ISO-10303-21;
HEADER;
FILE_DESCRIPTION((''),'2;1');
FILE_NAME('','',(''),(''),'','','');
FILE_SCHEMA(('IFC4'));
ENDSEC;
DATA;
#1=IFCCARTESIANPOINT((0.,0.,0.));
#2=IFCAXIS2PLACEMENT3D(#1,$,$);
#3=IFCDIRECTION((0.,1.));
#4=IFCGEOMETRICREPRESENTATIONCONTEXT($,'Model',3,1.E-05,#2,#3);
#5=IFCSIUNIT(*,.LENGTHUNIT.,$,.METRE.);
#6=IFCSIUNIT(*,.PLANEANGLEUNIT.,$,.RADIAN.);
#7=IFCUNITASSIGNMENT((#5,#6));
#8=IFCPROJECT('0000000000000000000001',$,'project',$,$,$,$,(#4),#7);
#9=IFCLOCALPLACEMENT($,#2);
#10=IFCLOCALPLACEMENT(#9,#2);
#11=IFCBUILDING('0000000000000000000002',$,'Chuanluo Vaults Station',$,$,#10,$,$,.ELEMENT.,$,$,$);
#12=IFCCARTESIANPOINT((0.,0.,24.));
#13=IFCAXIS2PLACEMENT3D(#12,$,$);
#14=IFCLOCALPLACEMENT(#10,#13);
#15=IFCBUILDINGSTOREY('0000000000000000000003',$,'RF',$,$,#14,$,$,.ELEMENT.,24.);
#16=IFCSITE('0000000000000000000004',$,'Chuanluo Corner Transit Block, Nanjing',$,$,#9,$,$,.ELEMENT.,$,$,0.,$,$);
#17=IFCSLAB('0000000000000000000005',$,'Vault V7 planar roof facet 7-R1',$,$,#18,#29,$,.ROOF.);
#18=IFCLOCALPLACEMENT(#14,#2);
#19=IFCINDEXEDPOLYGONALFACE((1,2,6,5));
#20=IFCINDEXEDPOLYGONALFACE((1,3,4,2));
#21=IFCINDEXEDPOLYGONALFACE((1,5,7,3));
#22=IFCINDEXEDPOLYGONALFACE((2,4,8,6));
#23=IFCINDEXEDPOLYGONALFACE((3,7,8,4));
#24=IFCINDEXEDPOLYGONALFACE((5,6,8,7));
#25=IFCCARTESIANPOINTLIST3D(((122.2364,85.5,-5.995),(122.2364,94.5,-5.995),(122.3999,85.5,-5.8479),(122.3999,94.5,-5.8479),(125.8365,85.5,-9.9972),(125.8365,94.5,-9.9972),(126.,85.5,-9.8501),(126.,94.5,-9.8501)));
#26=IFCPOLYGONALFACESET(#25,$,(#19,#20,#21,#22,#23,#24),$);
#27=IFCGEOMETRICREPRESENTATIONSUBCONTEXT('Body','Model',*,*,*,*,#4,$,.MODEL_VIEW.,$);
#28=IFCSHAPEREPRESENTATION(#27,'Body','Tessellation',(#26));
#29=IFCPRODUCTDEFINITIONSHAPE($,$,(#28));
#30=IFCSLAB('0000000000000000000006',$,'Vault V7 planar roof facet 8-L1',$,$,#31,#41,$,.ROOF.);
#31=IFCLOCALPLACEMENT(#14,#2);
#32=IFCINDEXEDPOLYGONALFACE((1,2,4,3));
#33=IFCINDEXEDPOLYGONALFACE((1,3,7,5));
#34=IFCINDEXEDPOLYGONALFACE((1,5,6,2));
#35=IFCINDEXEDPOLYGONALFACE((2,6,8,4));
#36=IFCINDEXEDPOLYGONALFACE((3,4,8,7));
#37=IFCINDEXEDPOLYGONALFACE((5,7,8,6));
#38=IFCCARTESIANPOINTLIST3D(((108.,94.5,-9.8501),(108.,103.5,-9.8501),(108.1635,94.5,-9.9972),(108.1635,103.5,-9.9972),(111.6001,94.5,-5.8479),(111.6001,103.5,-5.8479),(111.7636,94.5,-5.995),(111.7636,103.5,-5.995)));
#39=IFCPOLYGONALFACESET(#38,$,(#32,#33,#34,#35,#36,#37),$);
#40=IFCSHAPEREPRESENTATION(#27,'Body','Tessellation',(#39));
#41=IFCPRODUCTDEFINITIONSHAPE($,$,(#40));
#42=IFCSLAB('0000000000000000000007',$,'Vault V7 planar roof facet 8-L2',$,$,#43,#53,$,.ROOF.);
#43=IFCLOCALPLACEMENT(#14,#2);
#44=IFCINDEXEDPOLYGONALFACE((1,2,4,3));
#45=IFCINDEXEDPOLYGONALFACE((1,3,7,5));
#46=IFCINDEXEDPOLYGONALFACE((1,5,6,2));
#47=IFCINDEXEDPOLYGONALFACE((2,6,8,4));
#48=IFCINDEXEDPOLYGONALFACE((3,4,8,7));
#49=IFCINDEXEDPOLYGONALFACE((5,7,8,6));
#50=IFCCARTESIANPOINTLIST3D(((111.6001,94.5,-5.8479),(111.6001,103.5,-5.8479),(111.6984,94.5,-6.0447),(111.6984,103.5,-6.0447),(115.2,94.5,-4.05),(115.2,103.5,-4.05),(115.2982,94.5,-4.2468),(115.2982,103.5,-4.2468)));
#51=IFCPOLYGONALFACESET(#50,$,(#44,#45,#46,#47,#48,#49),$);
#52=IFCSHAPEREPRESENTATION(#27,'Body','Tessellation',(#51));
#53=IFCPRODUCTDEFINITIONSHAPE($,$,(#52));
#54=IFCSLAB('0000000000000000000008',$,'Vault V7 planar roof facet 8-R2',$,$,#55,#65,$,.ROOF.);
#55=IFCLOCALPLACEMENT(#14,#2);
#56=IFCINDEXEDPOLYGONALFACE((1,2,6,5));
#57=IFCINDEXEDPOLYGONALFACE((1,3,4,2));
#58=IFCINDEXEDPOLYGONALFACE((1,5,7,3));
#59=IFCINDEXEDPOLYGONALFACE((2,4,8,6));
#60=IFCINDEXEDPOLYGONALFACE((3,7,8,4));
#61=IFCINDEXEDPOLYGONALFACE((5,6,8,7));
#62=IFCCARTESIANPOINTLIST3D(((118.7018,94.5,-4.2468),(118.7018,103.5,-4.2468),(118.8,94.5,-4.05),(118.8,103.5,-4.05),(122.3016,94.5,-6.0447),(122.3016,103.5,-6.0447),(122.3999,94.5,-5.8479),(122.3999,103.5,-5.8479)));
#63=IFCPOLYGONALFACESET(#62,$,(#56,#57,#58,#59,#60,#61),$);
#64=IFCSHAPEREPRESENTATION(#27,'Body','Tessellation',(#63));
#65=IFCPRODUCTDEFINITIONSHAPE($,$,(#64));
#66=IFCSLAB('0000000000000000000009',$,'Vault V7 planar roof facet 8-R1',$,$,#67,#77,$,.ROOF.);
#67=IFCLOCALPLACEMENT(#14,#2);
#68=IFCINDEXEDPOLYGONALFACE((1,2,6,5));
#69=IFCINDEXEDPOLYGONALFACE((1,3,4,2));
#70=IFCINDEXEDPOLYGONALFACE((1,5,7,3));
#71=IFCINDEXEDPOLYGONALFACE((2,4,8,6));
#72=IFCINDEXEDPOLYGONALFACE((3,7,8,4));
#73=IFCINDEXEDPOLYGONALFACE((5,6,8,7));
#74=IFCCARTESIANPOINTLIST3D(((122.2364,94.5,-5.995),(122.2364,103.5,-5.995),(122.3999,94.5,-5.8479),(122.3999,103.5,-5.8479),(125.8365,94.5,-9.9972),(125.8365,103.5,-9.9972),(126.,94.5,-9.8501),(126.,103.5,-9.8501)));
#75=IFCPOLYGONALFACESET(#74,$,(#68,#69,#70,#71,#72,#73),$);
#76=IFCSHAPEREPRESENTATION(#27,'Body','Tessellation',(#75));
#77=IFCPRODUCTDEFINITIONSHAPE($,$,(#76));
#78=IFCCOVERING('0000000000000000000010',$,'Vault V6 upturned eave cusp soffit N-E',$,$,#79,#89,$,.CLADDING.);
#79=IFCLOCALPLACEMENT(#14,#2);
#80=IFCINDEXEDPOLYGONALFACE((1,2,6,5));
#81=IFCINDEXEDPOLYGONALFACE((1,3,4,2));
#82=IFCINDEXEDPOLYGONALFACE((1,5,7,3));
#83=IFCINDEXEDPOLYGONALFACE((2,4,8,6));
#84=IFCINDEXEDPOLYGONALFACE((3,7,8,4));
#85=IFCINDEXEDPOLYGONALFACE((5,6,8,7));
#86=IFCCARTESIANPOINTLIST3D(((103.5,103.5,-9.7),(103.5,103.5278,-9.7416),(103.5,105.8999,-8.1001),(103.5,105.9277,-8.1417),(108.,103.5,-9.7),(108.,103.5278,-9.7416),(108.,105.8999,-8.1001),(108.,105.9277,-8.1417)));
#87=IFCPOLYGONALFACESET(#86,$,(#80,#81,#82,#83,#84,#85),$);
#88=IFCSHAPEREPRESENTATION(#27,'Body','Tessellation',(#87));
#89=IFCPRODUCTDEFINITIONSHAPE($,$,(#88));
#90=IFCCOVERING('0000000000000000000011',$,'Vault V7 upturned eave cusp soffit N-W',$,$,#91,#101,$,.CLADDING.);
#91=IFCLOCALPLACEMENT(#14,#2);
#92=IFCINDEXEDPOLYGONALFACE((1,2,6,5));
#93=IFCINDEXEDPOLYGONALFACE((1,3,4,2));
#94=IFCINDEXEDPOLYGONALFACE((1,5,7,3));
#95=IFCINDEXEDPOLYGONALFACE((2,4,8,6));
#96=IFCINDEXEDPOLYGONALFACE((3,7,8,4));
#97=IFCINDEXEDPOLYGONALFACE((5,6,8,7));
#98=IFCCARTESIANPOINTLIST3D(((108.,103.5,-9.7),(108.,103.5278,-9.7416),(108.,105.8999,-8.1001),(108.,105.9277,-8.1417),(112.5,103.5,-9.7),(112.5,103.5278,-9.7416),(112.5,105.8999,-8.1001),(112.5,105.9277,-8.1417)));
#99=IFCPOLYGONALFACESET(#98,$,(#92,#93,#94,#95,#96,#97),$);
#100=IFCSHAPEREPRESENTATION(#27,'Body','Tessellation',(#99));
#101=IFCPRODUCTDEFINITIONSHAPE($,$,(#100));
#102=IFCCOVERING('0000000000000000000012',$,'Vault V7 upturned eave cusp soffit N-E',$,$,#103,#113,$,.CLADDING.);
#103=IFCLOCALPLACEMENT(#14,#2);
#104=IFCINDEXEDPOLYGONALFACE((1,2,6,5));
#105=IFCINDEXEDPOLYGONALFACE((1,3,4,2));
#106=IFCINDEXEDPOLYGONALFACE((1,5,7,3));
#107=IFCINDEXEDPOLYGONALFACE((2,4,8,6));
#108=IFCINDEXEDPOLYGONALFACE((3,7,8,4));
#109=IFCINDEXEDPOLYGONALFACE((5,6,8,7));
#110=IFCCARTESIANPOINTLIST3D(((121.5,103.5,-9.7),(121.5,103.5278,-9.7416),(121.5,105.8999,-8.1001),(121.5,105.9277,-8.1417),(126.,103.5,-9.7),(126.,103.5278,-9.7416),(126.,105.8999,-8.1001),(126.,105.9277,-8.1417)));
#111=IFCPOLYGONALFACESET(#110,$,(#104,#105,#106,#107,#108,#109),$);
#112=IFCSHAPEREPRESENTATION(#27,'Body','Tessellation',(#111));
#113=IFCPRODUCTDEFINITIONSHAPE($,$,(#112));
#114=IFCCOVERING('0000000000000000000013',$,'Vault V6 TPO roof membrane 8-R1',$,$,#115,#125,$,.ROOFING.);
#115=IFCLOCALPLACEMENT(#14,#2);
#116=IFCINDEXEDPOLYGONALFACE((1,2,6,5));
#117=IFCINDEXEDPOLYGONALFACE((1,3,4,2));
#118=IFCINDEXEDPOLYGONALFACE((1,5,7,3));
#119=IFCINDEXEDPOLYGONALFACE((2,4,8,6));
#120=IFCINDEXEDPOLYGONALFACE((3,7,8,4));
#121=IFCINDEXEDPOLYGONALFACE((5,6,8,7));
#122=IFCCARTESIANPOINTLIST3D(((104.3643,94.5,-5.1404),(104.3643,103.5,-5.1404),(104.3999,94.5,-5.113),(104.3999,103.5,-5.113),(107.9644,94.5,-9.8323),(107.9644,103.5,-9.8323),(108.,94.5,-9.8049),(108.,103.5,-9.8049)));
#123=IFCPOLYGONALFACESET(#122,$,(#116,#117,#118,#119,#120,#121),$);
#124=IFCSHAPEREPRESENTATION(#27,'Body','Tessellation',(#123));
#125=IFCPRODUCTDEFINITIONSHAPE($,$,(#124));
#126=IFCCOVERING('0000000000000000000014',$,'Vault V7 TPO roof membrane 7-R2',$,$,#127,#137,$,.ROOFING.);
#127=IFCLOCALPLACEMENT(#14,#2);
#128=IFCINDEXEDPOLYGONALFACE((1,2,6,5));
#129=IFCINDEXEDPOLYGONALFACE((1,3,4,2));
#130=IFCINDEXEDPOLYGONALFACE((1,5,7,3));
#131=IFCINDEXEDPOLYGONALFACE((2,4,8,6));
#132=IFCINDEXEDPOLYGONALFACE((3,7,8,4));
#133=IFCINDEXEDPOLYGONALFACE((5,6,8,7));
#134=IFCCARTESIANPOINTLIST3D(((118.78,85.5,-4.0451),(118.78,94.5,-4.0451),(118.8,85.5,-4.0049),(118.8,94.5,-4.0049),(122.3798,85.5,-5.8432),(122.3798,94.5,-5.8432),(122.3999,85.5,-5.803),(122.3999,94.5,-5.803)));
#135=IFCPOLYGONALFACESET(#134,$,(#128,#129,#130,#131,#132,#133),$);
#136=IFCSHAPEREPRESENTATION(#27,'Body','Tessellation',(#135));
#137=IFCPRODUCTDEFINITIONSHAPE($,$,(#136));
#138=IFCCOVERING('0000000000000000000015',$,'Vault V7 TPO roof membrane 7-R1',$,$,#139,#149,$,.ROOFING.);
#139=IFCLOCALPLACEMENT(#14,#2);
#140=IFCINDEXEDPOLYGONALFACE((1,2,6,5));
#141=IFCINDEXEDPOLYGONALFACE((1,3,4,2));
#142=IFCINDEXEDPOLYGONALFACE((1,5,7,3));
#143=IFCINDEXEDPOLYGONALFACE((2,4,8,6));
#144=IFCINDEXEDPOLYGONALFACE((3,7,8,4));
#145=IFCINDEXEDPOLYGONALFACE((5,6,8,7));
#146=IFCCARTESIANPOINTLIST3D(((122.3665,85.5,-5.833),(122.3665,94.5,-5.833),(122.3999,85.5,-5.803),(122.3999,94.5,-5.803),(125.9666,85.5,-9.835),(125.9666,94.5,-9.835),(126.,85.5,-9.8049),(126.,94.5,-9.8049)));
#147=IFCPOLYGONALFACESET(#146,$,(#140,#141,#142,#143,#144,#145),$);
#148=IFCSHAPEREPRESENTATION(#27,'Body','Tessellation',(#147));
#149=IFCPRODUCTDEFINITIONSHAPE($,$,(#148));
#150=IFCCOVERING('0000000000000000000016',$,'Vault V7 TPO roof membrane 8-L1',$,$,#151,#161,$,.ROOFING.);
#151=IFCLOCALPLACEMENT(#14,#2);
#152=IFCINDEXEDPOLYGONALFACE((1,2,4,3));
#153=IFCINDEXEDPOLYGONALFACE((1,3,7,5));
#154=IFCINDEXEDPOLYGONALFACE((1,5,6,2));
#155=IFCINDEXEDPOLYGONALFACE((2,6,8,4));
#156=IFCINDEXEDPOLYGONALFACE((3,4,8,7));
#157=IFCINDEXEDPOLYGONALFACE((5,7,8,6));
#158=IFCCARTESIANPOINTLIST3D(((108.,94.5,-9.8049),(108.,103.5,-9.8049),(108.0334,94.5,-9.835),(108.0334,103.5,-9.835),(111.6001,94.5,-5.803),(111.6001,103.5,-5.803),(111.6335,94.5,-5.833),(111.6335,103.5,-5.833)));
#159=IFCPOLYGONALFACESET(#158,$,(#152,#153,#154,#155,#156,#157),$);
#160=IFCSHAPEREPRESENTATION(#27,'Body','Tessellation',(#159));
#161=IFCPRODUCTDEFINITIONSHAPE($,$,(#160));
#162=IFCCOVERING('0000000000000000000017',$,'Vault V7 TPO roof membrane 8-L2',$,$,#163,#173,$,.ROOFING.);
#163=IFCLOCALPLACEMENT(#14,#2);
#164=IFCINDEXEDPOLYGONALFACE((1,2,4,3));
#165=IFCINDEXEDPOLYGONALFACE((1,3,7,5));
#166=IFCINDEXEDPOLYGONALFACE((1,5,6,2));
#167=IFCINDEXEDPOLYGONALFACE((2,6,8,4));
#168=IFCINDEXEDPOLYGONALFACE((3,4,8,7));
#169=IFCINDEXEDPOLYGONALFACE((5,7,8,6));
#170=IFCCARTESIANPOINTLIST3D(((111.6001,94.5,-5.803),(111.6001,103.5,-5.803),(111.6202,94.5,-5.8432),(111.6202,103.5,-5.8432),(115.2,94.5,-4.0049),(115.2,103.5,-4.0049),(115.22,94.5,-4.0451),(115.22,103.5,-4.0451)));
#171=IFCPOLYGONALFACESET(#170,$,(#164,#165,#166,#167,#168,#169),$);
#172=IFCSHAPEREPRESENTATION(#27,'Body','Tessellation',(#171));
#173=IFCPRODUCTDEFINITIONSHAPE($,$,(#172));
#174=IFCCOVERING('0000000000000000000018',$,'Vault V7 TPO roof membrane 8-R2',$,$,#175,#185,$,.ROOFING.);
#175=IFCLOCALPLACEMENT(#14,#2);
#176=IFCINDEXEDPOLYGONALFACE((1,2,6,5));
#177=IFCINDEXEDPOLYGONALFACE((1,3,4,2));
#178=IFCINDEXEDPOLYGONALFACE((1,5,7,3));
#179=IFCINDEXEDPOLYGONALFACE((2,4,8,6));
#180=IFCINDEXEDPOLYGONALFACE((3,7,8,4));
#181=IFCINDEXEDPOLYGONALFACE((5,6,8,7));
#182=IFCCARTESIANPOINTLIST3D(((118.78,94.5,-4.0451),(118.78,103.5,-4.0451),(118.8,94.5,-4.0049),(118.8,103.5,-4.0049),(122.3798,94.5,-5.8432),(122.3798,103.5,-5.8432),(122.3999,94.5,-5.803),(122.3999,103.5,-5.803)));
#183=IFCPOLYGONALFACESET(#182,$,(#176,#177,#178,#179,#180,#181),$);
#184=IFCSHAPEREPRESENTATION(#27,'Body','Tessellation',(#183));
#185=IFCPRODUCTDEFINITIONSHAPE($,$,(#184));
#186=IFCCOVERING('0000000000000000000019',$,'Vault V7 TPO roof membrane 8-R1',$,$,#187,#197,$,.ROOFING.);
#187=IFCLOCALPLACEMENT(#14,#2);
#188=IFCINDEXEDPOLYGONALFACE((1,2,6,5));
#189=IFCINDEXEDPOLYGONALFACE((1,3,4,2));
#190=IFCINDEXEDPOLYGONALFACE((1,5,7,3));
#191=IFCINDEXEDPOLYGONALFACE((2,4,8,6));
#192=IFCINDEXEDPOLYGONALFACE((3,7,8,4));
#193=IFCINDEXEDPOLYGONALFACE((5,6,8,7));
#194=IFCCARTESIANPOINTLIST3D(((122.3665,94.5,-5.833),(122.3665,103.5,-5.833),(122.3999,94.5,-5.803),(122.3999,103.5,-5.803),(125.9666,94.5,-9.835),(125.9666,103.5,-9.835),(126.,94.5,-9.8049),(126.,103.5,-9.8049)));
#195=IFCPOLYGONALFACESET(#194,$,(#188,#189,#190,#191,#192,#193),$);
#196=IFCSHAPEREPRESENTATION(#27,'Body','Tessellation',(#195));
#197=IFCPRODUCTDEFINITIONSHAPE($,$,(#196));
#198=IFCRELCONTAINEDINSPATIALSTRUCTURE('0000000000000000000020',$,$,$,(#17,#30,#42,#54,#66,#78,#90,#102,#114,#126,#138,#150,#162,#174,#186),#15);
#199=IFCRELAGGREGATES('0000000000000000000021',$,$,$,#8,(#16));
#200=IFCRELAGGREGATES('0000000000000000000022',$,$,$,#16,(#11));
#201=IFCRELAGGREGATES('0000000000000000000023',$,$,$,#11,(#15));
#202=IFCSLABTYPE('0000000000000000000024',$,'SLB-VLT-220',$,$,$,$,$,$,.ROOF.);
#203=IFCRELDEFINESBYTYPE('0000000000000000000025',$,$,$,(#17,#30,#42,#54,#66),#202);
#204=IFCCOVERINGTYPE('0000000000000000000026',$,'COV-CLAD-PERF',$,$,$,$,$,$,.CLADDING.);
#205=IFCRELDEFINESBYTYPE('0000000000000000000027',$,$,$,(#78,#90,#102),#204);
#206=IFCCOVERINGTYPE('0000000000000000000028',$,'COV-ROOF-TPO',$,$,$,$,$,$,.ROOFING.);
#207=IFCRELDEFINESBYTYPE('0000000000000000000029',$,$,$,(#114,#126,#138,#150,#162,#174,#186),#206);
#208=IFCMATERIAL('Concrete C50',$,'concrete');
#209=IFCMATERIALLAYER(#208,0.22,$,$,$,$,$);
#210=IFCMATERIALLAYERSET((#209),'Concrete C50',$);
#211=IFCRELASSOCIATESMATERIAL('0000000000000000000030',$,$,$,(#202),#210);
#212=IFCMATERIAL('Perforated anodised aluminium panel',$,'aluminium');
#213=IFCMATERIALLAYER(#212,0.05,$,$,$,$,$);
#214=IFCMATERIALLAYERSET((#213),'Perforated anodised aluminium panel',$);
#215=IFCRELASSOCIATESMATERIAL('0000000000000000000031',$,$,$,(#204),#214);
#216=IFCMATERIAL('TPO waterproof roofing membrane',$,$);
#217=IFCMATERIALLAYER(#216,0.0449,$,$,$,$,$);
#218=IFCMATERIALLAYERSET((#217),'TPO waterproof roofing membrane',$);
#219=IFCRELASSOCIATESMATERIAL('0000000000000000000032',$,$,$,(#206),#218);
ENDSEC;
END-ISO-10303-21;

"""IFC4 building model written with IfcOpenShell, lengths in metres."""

from ifc_helpers import new_model, si_unit, direction, frame, origin, place, context, subcontext, project, spatial, polyline, outline, extrude, material, layer, layer_set, type_object, element, save


model = new_model("IFC4")

# Units and contexts
model_context = context("Model", 3, precision=1e-05, world=origin(), true_north=direction((0.0, 1.0)))
body_context = subcontext(model_context, "Body", "Model", "MODEL_VIEW")
ifc_project = project(units=[si_unit("LENGTHUNIT", "METRE"), si_unit("PLANEANGLEUNIT", "RADIAN")], contexts=[model_context])

# Site, building, storey
site_placement = place(None, origin())
site = spatial("IfcSite", under=ifc_project, at=site_placement, Name="Chuanluo Corner Transit Block, Nanjing", CompositionType="ELEMENT", RefElevation=0.0)
building_placement = place(site_placement, origin())
building = spatial("IfcBuilding", under=site, at=building_placement, Name="Chuanluo Vaults Station", CompositionType="ELEMENT")
storey_placement = place(building_placement, frame((0.0, 0.0, 24.0)))
storey = spatial("IfcBuildingStorey", under=building, at=storey_placement, Name="RF", CompositionType="ELEMENT", Elevation=24.0)

# Slabs
ifc_material_1 = material(Name="Concrete C50", Category="concrete")
ifc_layer_1 = layer(ifc_material_1, 0.22)
ifc_layer_set_1 = layer_set([ifc_layer_1], Name="Concrete C50")
slab_type = type_object("IfcSlabType", Name="SLB-VLT-220", PredefinedType="ROOF", material=ifc_layer_set_1)
for number, where, z_axis, x_axis, name in (
    (1, (122.3999, 85.5, -5.8479), (0.743468, 0.0, 0.668772), (0.668772, 0.0, -0.743468), "Vault V7 planar roof facet 7-R1"),
    (2, (108.0, 94.5, -9.8501), (-0.743468, 0.0, 0.668772), (0.668772, 0.0, 0.743468), "Vault V7 planar roof facet 8-L1"),
):
    element("IfcSlab", number, at=place(storey_placement, frame(where, z_axis=z_axis, x_axis=x_axis)), inside=storey, type_object=slab_type, Name=name, PredefinedType="ROOF", context=body_context, shape_type="SweptSolid", body=[
        extrude(outline(polyline([(0.0, 0.0), (5.3831, 0.0), (5.3831, 9.0), (0.0, 9.0), (0.0, 0.0)])), origin(), (0.0, 0.0, -1.0), 0.22),
    ])
for number, where, z_axis, x_axis, name in (
    (3, (111.6001, 94.5, -5.8479), (-0.446801, 0.0, 0.894633), (0.894633, 0.0, 0.446801), "Vault V7 planar roof facet 8-L2"),
    (4, (118.8, 94.5, -4.05), (0.446801, 0.0, 0.894633), (0.894633, 0.0, -0.446801), "Vault V7 planar roof facet 8-R2"),
):
    element("IfcSlab", number, at=place(storey_placement, frame(where, z_axis=z_axis, x_axis=x_axis)), inside=storey, type_object=slab_type, Name=name, PredefinedType="ROOF", context=body_context, shape_type="SweptSolid", body=[
        extrude(outline(polyline([(0.0, 0.0), (4.0238, 0.0), (4.0238, 9.0), (0.0, 9.0), (0.0, 0.0)])), origin(), (0.0, 0.0, -1.0), 0.22),
    ])
slab_1_placement = place(storey_placement, frame((122.3999, 94.5, -5.8479), z_axis=(0.743468, 0.0, 0.668772), x_axis=(0.668772, 0.0, -0.743468)))
element("IfcSlab", 5, at=slab_1_placement, inside=storey, type_object=slab_type, Name="Vault V7 planar roof facet 8-R1", PredefinedType="ROOF", context=body_context, shape_type="SweptSolid", body=[
    extrude(outline(polyline([(0.0, 0.0), (5.3831, 0.0), (5.3831, 9.0), (0.0, 9.0), (0.0, 0.0)])), origin(), (0.0, 0.0, -1.0), 0.22),
])

# Coverings
ifc_material_2 = material(Name="Perforated anodised aluminium panel", Category="aluminium")
ifc_layer_2 = layer(ifc_material_2, 0.05)
ifc_layer_set_2 = layer_set([ifc_layer_2], Name="Perforated anodised aluminium panel")
covering_type_1 = type_object("IfcCoveringType", Name="COV-CLAD-PERF", PredefinedType="CLADDING", material=ifc_layer_set_2)
for number, where, z_axis, x_axis, name in (
    (6, (103.5, 103.5, -9.7), (0.0, -0.554681, 0.832063), (1.0, 0.0, 0.0), "Vault V6 upturned eave cusp soffit N-E"),
    (7, (108.0, 103.5, -9.7), (0.0, -0.554681, 0.832063), (1.0, 0.0, 0.0), "Vault V7 upturned eave cusp soffit N-W"),
    (8, (121.5, 103.5, -9.7), (0.0, -0.554681, 0.832063), (1.0, 0.0, 0.0), "Vault V7 upturned eave cusp soffit N-E"),
):
    element("IfcCovering", number, at=place(storey_placement, frame(where, z_axis=z_axis, x_axis=x_axis)), inside=storey, type_object=covering_type_1, Name=name, PredefinedType="CLADDING", context=body_context, shape_type="SweptSolid", body=[
        extrude(outline(polyline([(0.0, 0.0), (4.5, 0.0), (4.5, 2.8843), (0.0, 2.8843), (0.0, 0.0)])), origin(), (0.0, 0.0, -1.0), 0.05),
    ])
ifc_material_3 = material(Name="TPO waterproof roofing membrane")
ifc_layer_3 = layer(ifc_material_3, 0.0449)
ifc_layer_set_3 = layer_set([ifc_layer_3], Name="TPO waterproof roofing membrane")
covering_type_2 = type_object("IfcCoveringType", Name="COV-ROOF-TPO", PredefinedType="ROOFING", material=ifc_layer_set_3)
covering_1_placement = place(storey_placement, frame((104.3999, 94.5, -5.113), z_axis=(0.793363, 0.0, 0.608749), x_axis=(0.608749, 0.0, -0.793363)))
element("IfcCovering", 9, at=covering_1_placement, inside=storey, type_object=covering_type_2, Name="Vault V6 TPO roof membrane 8-R1", PredefinedType="ROOFING", context=body_context, shape_type="SweptSolid", body=[
    extrude(outline(polyline([(0.0, 0.0), (5.9139, 0.0), (5.9139, 9.0), (0.0, 9.0), (0.0, 0.0)])), origin(), (0.0, 0.0, -1.0), 0.0449),
])
covering_2_placement = place(storey_placement, frame((118.8, 85.5, -4.0049), z_axis=(0.44685, 0.0, 0.894609), x_axis=(0.894609, 0.0, -0.44685)))
element("IfcCovering", 10, at=covering_2_placement, inside=storey, type_object=covering_type_2, Name="Vault V7 TPO roof membrane 7-R2", PredefinedType="ROOFING", context=body_context, shape_type="SweptSolid", body=[
    extrude(outline(polyline([(0.0, 0.0), (4.0239, 0.0), (4.0239, 9.0), (0.0, 9.0), (0.0, 0.0)])), origin(), (0.0, 0.0, -1.0), 0.0449),
])
for number, where, z_axis, x_axis, name in (
    (11, (122.3999, 85.5, -5.803), (0.743447, 0.0, 0.668794), (0.668794, 0.0, -0.743447), "Vault V7 TPO roof membrane 7-R1"),
    (12, (108.0, 94.5, -9.8049), (-0.743447, 0.0, 0.668794), (0.668794, 0.0, 0.743447), "Vault V7 TPO roof membrane 8-L1"),
):
    element("IfcCovering", number, at=place(storey_placement, frame(where, z_axis=z_axis, x_axis=x_axis)), inside=storey, type_object=covering_type_2, Name=name, PredefinedType="ROOFING", context=body_context, shape_type="SweptSolid", body=[
        extrude(outline(polyline([(0.0, 0.0), (5.383, 0.0), (5.383, 9.0), (0.0, 9.0), (0.0, 0.0)])), origin(), (0.0, 0.0, -1.0), 0.0449),
    ])
for number, where, z_axis, x_axis, name in (
    (13, (111.6001, 94.5, -5.803), (-0.44685, 0.0, 0.894609), (0.894609, 0.0, 0.44685), "Vault V7 TPO roof membrane 8-L2"),
    (14, (118.8, 94.5, -4.0049), (0.44685, 0.0, 0.894609), (0.894609, 0.0, -0.44685), "Vault V7 TPO roof membrane 8-R2"),
):
    element("IfcCovering", number, at=place(storey_placement, frame(where, z_axis=z_axis, x_axis=x_axis)), inside=storey, type_object=covering_type_2, Name=name, PredefinedType="ROOFING", context=body_context, shape_type="SweptSolid", body=[
        extrude(outline(polyline([(0.0, 0.0), (4.0239, 0.0), (4.0239, 9.0), (0.0, 9.0), (0.0, 0.0)])), origin(), (0.0, 0.0, -1.0), 0.0449),
    ])
covering_3_placement = place(storey_placement, frame((122.3999, 94.5, -5.803), z_axis=(0.743447, 0.0, 0.668794), x_axis=(0.668794, 0.0, -0.743447)))
element("IfcCovering", 15, at=covering_3_placement, inside=storey, type_object=covering_type_2, Name="Vault V7 TPO roof membrane 8-R1", PredefinedType="ROOFING", context=body_context, shape_type="SweptSolid", body=[
    extrude(outline(polyline([(0.0, 0.0), (5.383, 0.0), (5.383, 9.0), (0.0, 9.0), (0.0, 0.0)])), origin(), (0.0, 0.0, -1.0), 0.0449),
])

save(model, "model.ifc")
